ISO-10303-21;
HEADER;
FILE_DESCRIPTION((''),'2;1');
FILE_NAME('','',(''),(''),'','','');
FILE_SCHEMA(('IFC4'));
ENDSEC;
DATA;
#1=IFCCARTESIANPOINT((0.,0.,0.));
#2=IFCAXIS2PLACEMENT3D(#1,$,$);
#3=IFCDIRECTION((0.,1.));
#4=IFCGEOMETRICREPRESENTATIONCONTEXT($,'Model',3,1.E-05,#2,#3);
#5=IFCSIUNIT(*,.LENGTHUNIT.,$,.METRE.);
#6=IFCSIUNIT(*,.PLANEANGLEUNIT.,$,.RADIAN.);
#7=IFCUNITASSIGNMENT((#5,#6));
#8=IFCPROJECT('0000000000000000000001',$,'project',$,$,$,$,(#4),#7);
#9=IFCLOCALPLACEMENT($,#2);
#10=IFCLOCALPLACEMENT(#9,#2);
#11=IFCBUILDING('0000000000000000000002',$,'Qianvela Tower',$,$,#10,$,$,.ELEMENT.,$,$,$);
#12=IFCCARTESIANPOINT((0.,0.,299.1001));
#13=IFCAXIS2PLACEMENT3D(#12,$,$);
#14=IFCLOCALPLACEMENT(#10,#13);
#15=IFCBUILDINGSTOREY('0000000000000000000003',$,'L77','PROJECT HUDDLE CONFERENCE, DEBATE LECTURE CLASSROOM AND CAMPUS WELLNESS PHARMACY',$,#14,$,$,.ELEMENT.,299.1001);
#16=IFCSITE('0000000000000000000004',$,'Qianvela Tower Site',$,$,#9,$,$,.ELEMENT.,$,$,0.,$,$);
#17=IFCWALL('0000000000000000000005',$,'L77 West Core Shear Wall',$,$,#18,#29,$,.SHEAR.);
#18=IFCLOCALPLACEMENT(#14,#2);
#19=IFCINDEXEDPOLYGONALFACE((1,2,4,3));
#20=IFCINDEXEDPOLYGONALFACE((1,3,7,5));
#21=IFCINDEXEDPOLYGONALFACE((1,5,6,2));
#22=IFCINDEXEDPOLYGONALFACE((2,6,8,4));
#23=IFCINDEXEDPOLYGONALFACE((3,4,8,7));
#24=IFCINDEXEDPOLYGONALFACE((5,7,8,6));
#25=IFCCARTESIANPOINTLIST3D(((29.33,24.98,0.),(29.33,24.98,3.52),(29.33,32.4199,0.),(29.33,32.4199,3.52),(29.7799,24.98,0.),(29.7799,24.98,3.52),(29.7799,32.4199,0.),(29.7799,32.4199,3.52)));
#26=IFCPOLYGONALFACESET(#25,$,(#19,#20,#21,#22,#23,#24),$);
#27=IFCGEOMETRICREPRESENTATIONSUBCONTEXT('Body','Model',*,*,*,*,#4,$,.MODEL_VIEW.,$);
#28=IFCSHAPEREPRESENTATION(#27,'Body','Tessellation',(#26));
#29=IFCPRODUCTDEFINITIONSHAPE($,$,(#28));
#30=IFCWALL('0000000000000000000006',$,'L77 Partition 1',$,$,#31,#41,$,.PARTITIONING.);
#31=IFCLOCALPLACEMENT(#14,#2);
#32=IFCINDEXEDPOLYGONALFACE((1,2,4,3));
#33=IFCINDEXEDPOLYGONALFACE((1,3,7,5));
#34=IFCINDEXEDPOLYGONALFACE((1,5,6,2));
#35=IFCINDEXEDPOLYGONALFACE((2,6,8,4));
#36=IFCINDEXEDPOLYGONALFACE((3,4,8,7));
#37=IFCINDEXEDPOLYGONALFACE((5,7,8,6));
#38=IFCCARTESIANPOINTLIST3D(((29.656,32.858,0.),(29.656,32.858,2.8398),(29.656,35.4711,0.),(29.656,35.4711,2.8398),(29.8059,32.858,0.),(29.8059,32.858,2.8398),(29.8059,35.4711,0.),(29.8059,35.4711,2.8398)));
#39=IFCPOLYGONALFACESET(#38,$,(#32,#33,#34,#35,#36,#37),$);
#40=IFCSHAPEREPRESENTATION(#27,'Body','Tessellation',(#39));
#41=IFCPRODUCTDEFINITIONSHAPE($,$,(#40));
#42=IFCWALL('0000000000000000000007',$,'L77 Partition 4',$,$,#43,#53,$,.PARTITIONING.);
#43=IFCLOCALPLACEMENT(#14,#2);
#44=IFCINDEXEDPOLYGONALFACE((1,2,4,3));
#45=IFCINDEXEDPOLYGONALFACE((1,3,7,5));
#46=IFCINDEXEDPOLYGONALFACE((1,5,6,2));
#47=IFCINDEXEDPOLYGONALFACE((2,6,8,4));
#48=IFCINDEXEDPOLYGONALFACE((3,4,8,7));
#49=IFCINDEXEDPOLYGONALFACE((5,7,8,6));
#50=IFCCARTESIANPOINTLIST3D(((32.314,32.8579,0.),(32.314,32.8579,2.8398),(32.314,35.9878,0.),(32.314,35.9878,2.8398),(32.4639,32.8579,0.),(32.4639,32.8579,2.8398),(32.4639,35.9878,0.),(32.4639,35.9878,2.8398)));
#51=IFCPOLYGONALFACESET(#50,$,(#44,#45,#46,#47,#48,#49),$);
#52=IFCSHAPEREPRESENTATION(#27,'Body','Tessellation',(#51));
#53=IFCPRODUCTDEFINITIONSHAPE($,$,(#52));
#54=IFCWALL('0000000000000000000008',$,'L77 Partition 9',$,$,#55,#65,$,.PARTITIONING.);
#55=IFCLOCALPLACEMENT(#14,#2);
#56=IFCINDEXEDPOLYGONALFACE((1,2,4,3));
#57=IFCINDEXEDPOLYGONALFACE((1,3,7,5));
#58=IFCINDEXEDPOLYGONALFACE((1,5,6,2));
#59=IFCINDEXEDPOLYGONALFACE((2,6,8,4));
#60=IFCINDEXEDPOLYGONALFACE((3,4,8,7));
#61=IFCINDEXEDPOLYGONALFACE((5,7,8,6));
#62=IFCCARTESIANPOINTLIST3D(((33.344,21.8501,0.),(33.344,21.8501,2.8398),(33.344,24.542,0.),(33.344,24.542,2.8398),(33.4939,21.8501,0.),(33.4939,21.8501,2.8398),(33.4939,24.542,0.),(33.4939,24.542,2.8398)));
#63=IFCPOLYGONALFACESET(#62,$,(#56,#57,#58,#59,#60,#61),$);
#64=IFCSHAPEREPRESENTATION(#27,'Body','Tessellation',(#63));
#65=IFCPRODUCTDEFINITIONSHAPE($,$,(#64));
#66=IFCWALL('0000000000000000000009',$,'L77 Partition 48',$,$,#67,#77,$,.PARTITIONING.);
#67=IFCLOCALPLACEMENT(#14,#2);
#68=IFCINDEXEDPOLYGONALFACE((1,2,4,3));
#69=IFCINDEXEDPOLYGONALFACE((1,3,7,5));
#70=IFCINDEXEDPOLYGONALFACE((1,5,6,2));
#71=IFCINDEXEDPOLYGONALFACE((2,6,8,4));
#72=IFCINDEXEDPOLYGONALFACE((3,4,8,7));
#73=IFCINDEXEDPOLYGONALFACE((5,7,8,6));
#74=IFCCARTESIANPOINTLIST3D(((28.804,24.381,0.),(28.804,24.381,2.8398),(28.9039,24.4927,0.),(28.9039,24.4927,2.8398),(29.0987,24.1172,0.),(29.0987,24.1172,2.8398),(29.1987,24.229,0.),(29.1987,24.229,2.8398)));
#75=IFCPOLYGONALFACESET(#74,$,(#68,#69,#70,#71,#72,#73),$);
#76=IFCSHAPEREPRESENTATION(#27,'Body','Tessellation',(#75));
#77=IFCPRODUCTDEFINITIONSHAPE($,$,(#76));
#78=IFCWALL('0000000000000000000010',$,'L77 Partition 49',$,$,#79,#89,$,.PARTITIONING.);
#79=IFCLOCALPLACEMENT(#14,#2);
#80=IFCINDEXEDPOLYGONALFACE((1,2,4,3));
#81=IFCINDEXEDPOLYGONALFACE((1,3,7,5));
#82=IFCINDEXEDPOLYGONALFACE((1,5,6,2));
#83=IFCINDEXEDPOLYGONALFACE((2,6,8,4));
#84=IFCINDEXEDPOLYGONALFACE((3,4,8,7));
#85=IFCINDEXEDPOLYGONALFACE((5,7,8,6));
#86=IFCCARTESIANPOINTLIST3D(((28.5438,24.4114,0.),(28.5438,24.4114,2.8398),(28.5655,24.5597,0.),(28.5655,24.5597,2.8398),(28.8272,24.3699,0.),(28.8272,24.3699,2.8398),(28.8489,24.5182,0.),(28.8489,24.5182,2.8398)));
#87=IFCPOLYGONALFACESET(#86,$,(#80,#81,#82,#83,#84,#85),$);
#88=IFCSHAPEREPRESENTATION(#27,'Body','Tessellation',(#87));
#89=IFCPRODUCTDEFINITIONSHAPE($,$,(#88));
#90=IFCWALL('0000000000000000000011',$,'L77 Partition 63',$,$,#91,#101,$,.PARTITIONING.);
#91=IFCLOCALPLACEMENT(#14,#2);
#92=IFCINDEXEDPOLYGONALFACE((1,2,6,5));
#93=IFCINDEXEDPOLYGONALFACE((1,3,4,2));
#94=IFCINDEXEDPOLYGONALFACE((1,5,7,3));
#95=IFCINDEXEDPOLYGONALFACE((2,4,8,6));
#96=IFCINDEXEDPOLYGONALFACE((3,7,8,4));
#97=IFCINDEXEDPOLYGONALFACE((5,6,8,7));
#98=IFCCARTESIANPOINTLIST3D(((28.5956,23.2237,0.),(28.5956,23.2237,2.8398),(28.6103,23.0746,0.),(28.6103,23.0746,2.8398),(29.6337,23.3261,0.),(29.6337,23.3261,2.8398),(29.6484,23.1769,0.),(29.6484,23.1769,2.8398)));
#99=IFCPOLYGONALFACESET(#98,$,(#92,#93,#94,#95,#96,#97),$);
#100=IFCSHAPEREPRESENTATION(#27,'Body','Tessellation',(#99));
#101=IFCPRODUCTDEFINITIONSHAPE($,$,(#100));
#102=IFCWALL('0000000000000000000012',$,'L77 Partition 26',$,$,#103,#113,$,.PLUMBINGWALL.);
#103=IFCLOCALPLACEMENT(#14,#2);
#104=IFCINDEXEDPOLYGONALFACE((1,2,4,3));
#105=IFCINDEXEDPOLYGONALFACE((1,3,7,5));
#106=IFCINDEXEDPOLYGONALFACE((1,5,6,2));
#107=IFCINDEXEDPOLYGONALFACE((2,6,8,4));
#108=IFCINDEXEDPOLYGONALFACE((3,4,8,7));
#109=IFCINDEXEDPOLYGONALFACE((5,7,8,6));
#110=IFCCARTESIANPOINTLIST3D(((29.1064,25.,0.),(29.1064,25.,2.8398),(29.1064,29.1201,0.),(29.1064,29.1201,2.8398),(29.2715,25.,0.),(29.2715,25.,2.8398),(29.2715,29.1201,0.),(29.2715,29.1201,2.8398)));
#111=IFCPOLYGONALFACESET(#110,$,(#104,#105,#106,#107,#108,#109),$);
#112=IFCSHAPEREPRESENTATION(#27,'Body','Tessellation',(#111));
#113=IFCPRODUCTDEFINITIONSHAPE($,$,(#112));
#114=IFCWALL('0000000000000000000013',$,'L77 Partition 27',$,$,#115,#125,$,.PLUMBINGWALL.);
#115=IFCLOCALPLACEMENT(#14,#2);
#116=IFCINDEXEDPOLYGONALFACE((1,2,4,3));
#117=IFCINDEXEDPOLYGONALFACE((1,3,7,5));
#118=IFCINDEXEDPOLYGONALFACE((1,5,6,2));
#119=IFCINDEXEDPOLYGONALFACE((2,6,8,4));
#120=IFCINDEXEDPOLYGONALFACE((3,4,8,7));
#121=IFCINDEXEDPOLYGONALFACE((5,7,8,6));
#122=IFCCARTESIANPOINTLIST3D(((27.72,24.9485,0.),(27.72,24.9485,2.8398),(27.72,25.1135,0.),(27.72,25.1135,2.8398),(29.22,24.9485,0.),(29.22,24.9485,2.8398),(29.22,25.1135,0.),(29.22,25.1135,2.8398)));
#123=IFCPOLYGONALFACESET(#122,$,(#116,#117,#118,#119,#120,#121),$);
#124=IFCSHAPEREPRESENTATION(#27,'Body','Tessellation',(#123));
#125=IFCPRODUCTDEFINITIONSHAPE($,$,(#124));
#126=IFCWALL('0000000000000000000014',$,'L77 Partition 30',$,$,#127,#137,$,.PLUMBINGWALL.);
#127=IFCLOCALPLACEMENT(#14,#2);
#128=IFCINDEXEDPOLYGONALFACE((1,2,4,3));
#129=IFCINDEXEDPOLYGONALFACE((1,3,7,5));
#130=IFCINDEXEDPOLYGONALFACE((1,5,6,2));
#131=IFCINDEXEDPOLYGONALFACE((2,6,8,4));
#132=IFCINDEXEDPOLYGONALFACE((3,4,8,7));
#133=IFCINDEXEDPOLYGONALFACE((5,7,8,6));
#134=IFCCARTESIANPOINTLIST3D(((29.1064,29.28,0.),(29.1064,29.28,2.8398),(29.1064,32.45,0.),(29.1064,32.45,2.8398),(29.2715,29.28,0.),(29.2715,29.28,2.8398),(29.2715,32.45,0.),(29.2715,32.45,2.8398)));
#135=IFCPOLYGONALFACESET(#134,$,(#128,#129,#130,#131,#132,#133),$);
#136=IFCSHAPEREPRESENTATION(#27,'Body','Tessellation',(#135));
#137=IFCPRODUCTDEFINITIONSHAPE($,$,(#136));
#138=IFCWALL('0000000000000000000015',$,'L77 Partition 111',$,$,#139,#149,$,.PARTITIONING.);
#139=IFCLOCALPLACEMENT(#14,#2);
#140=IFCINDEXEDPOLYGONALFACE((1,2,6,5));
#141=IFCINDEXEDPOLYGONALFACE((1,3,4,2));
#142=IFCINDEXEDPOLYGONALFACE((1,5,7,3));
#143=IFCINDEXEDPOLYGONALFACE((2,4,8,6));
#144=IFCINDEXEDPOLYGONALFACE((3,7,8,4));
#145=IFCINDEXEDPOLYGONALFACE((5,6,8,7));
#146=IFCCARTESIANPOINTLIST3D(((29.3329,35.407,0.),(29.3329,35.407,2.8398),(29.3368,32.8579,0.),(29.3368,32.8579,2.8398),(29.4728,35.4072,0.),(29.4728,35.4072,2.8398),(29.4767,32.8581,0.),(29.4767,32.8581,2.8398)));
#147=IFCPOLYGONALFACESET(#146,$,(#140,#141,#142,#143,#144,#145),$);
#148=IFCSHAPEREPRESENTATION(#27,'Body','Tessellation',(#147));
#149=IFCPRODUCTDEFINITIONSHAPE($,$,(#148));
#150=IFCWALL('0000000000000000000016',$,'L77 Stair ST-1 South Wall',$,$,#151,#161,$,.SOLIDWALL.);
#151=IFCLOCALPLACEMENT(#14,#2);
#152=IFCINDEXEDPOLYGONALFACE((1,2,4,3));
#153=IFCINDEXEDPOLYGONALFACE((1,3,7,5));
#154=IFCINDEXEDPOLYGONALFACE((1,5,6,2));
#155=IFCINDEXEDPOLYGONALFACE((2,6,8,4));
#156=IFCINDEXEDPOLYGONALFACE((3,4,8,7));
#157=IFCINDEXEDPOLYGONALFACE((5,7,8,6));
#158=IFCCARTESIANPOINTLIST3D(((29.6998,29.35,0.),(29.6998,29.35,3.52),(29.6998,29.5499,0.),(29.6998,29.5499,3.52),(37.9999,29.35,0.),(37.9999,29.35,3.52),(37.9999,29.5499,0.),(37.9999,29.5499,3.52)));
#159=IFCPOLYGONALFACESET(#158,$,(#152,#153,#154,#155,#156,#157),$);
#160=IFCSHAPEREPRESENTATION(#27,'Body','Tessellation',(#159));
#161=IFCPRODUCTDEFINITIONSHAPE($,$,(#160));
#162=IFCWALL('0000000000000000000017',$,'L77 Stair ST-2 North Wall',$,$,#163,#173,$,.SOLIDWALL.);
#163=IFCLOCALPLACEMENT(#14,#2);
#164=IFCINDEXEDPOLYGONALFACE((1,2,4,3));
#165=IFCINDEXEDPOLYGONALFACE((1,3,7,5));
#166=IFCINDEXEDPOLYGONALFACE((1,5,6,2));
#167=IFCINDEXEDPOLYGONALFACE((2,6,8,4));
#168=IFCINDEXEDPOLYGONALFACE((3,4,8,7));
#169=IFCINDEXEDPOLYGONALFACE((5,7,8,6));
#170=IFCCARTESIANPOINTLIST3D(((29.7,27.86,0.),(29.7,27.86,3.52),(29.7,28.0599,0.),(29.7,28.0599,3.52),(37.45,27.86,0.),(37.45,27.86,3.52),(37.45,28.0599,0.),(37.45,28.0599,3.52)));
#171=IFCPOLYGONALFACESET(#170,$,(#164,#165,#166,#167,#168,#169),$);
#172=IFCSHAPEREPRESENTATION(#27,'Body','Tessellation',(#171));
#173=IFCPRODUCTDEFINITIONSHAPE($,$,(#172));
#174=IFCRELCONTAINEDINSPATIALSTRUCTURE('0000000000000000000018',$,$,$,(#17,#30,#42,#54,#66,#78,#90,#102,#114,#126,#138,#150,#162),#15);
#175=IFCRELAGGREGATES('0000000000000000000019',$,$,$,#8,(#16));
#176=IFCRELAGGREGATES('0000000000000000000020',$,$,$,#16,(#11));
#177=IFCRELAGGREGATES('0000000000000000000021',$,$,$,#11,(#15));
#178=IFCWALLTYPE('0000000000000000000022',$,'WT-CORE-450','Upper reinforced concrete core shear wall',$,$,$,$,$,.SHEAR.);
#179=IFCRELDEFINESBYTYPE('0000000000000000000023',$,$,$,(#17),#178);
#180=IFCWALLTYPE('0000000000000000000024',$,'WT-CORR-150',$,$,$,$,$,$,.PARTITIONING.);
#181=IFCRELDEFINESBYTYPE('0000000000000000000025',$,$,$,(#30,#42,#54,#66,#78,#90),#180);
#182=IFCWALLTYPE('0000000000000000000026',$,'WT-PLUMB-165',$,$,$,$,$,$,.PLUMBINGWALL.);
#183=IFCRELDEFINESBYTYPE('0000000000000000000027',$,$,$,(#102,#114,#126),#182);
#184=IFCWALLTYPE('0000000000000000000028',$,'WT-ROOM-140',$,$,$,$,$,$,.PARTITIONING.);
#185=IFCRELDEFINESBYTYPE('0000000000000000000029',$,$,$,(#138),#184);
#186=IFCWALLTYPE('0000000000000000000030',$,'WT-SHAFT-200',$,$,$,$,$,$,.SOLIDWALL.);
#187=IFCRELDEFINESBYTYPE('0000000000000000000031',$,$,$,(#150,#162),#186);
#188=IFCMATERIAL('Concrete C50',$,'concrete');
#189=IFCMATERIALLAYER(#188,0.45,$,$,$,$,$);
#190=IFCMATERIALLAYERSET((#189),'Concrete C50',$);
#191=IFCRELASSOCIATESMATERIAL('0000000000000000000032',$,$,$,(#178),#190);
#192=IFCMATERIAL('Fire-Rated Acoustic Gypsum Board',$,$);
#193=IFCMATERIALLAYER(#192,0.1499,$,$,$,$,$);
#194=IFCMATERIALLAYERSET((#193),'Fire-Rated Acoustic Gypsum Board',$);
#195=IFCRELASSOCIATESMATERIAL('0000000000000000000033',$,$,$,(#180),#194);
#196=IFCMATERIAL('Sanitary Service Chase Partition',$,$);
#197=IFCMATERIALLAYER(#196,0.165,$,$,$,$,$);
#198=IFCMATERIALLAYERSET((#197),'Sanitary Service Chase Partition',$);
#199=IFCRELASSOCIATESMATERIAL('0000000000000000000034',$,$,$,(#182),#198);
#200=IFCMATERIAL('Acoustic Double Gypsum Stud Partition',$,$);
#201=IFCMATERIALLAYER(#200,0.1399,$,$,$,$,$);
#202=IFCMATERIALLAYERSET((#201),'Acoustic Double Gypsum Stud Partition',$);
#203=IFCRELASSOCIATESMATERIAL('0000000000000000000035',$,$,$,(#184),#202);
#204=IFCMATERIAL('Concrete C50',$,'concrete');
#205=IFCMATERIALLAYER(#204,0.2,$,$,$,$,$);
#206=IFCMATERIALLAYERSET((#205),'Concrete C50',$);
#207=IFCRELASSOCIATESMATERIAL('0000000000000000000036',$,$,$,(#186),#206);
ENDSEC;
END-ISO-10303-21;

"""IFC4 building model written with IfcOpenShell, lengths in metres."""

from ifc_helpers import new_model, si_unit, direction, frame, frame_2d, origin, place, context, subcontext, project, spatial, rectangle, extrude, material, layer, layer_set, type_object, element, save


model = new_model("IFC4")

# Units and contexts
model_context = context("Model", 3, precision=1e-05, world=origin(), true_north=direction((0.0, 1.0)))
body_context = subcontext(model_context, "Body", "Model", "MODEL_VIEW")
ifc_project = project(units=[si_unit("LENGTHUNIT", "METRE"), si_unit("PLANEANGLEUNIT", "RADIAN")], contexts=[model_context])

# Site, building, storey
site_placement = place(None, origin())
site = spatial("IfcSite", under=ifc_project, at=site_placement, Name="Qianvela Tower Site", CompositionType="ELEMENT", RefElevation=0.0)
building_placement = place(site_placement, origin())
building = spatial("IfcBuilding", under=site, at=building_placement, Name="Qianvela Tower", CompositionType="ELEMENT")
storey_placement = place(building_placement, frame((0.0, 0.0, 299.1001)))
storey = spatial("IfcBuildingStorey", under=building, at=storey_placement, Name="L77", Description="PROJECT HUDDLE CONFERENCE, DEBATE LECTURE CLASSROOM AND CAMPUS WELLNESS PHARMACY", CompositionType="ELEMENT", Elevation=299.1001)

# Shared definitions
ifc_material_1 = material(Name="Concrete C50", Category="concrete")
ifc_layer_1 = layer(ifc_material_1, 0.45)
ifc_layer_set_1 = layer_set([ifc_layer_1], Name="Concrete C50")
wall_type_1 = type_object("IfcWallType", Name="WT-CORE-450", Description="Upper reinforced concrete core shear wall", PredefinedType="SHEAR", material=ifc_layer_set_1)

# Walls
wall_1_placement = place(storey_placement, frame((29.5549, 24.98, 0.0), z_axis=(0.0, 0.0, 1.0), x_axis=(0.0, 1.0, 0.0)))
element("IfcWall", 1, at=wall_1_placement, inside=storey, type_object=wall_type_1, Name="L77 West Core Shear Wall", PredefinedType="SHEAR", context=body_context, shape_type="SweptSolid", body=[
    extrude(rectangle(XDim=7.4399, YDim=0.45, at=frame_2d((3.72, 0.0))), origin(), (0.0, 0.0, 1.0), 3.52),
])
ifc_material_2 = material(Name="Fire-Rated Acoustic Gypsum Board")
ifc_layer_2 = layer(ifc_material_2, 0.1499)
ifc_layer_set_2 = layer_set([ifc_layer_2], Name="Fire-Rated Acoustic Gypsum Board")
wall_type_2 = type_object("IfcWallType", Name="WT-CORR-150", PredefinedType="PARTITIONING", material=ifc_layer_set_2)
wall_2_placement = place(storey_placement, frame((29.731, 32.8579, 0.0), z_axis=(0.0, 0.0, 1.0), x_axis=(0.0, 1.0, 0.0)))
element("IfcWall", 2, at=wall_2_placement, inside=storey, type_object=wall_type_2, Name="L77 Partition 1", PredefinedType="PARTITIONING", context=body_context, shape_type="SweptSolid", body=[
    extrude(rectangle(XDim=2.613, YDim=0.1499, at=frame_2d((1.3066, 0.0))), origin(), (0.0, 0.0, 1.0), 2.8398),
])
wall_3_placement = place(storey_placement, frame((32.3889, 35.9878, 0.0), z_axis=(0.0, 0.0, 1.0), x_axis=(0.0, -1.0, 0.0)))
element("IfcWall", 3, at=wall_3_placement, inside=storey, type_object=wall_type_2, Name="L77 Partition 4", PredefinedType="PARTITIONING", context=body_context, shape_type="SweptSolid", body=[
    extrude(rectangle(XDim=3.1299, YDim=0.1499, at=frame_2d((1.5649, 0.0))), origin(), (0.0, 0.0, 1.0), 2.8398),
])
wall_4_placement = place(storey_placement, frame((33.4189, 24.542, 0.0), z_axis=(0.0, 0.0, 1.0), x_axis=(0.0, -1.0, 0.0)))
element("IfcWall", 4, at=wall_4_placement, inside=storey, type_object=wall_type_2, Name="L77 Partition 9", PredefinedType="PARTITIONING", context=body_context, shape_type="SweptSolid", body=[
    extrude(rectangle(XDim=2.6919, YDim=0.1499, at=frame_2d((1.3459, 0.0))), origin(), (0.0, 0.0, 1.0), 2.8398),
])
wall_5_placement = place(storey_placement, frame((29.1487, 24.1731, 0.0), z_axis=(0.0, 0.0, 1.0), x_axis=(-0.745225, 0.666813, 0.0)))
element("IfcWall", 5, at=wall_5_placement, inside=storey, type_object=wall_type_2, Name="L77 Partition 48", PredefinedType="PARTITIONING", context=body_context, shape_type="SweptSolid", body=[
    extrude(rectangle(XDim=0.3955, YDim=0.1499, at=frame_2d((0.1978, 0.0))), origin(), (0.0, 0.0, 1.0), 2.8398),
])
wall_6_placement = place(storey_placement, frame((28.8379, 24.4441, 0.0), z_axis=(0.0, 0.0, 1.0), x_axis=(-0.989449, 0.144881, 0.0)))
element("IfcWall", 6, at=wall_6_placement, inside=storey, type_object=wall_type_2, Name="L77 Partition 49", PredefinedType="PARTITIONING", context=body_context, shape_type="SweptSolid", body=[
    extrude(rectangle(XDim=0.2864, YDim=0.1499, at=frame_2d((0.1431, 0.0))), origin(), (0.0, 0.0, 1.0), 2.8398),
])
wall_7_placement = place(storey_placement, frame((28.603, 23.1492, 0.0), z_axis=(0.0, 0.0, 1.0), x_axis=(0.99518, 0.098067, 0.0)))
element("IfcWall", 7, at=wall_7_placement, inside=storey, type_object=wall_type_2, Name="L77 Partition 63", PredefinedType="PARTITIONING", context=body_context, shape_type="SweptSolid", body=[
    extrude(rectangle(XDim=1.0432, YDim=0.1499, at=frame_2d((0.5215, 0.0))), origin(), (0.0, 0.0, 1.0), 2.8398),
])
ifc_material_3 = material(Name="Sanitary Service Chase Partition")
ifc_layer_3 = layer(ifc_material_3, 0.165)
ifc_layer_set_3 = layer_set([ifc_layer_3], Name="Sanitary Service Chase Partition")
wall_type_3 = type_object("IfcWallType", Name="WT-PLUMB-165", PredefinedType="PLUMBINGWALL", material=ifc_layer_set_3)
wall_8_placement = place(storey_placement, frame((29.189, 29.1201, 0.0), z_axis=(0.0, 0.0, 1.0), x_axis=(0.0, -1.0, 0.0)))
element("IfcWall", 8, at=wall_8_placement, inside=storey, type_object=wall_type_3, Name="L77 Partition 26", PredefinedType="PLUMBINGWALL", context=body_context, shape_type="SweptSolid", body=[
    extrude(rectangle(XDim=4.1201, YDim=0.165, at=frame_2d((2.0601, 0.0))), origin(), (0.0, 0.0, 1.0), 2.8398),
])
wall_9_placement = place(storey_placement, frame((29.22, 25.031, 0.0), z_axis=(0.0, 0.0, 1.0), x_axis=(-1.0, 0.0, 0.0)))
element("IfcWall", 9, at=wall_9_placement, inside=storey, type_object=wall_type_3, Name="L77 Partition 27", PredefinedType="PLUMBINGWALL", context=body_context, shape_type="SweptSolid", body=[
    extrude(rectangle(XDim=1.5, YDim=0.165, at=frame_2d((0.75, 0.0))), origin(), (0.0, 0.0, 1.0), 2.8398),
])
wall_10_placement = place(storey_placement, frame((29.189, 32.45, 0.0), z_axis=(0.0, 0.0, 1.0), x_axis=(0.0, -1.0, 0.0)))
element("IfcWall", 10, at=wall_10_placement, inside=storey, type_object=wall_type_3, Name="L77 Partition 30", PredefinedType="PLUMBINGWALL", context=body_context, shape_type="SweptSolid", body=[
    extrude(rectangle(XDim=3.1699, YDim=0.165, at=frame_2d((1.585, 0.0))), origin(), (0.0, 0.0, 1.0), 2.8398),
])
ifc_material_4 = material(Name="Acoustic Double Gypsum Stud Partition")
ifc_layer_4 = layer(ifc_material_4, 0.1399)
ifc_layer_set_4 = layer_set([ifc_layer_4], Name="Acoustic Double Gypsum Stud Partition")
wall_type_4 = type_object("IfcWallType", Name="WT-ROOM-140", PredefinedType="PARTITIONING", material=ifc_layer_set_4)
wall_11_placement = place(storey_placement, frame((29.4028, 35.407, 0.0), z_axis=(0.0, 0.0, 1.0), x_axis=(0.001532, -0.999999, 0.0)))
element("IfcWall", 11, at=wall_11_placement, inside=storey, type_object=wall_type_4, Name="L77 Partition 111", PredefinedType="PARTITIONING", context=body_context, shape_type="SweptSolid", body=[
    extrude(rectangle(XDim=2.5491, YDim=0.1399, at=frame_2d((1.2744, 0.0))), origin(), (0.0, 0.0, 1.0), 2.8398),
])
ifc_material_5 = material(Name="Concrete C50", Category="concrete")
ifc_layer_5 = layer(ifc_material_5, 0.2)
ifc_layer_set_5 = layer_set([ifc_layer_5], Name="Concrete C50")
wall_type_5 = type_object("IfcWallType", Name="WT-SHAFT-200", PredefinedType="SOLIDWALL", material=ifc_layer_set_5)
wall_12_placement = place(storey_placement, frame((29.7, 29.45, 0.0), z_axis=(0.0, 0.0, 1.0), x_axis=(1.0, 0.0, 0.0)))
element("IfcWall", 12, at=wall_12_placement, inside=storey, type_object=wall_type_5, Name="L77 Stair ST-1 South Wall", PredefinedType="SOLIDWALL", context=body_context, shape_type="SweptSolid", body=[
    extrude(rectangle(XDim=8.3, YDim=0.2, at=frame_2d((4.1499, 0.0))), origin(), (0.0, 0.0, 1.0), 3.52),
])
wall_13_placement = place(storey_placement, frame((29.7, 27.96, 0.0), z_axis=(0.0, 0.0, 1.0), x_axis=(1.0, 0.0, 0.0)))
element("IfcWall", 13, at=wall_13_placement, inside=storey, type_object=wall_type_5, Name="L77 Stair ST-2 North Wall", PredefinedType="SOLIDWALL", context=body_context, shape_type="SweptSolid", body=[
    extrude(rectangle(XDim=7.75, YDim=0.2, at=frame_2d((3.875, 0.0))), origin(), (0.0, 0.0, 1.0), 3.52),
])

save(model, "model.ifc")
